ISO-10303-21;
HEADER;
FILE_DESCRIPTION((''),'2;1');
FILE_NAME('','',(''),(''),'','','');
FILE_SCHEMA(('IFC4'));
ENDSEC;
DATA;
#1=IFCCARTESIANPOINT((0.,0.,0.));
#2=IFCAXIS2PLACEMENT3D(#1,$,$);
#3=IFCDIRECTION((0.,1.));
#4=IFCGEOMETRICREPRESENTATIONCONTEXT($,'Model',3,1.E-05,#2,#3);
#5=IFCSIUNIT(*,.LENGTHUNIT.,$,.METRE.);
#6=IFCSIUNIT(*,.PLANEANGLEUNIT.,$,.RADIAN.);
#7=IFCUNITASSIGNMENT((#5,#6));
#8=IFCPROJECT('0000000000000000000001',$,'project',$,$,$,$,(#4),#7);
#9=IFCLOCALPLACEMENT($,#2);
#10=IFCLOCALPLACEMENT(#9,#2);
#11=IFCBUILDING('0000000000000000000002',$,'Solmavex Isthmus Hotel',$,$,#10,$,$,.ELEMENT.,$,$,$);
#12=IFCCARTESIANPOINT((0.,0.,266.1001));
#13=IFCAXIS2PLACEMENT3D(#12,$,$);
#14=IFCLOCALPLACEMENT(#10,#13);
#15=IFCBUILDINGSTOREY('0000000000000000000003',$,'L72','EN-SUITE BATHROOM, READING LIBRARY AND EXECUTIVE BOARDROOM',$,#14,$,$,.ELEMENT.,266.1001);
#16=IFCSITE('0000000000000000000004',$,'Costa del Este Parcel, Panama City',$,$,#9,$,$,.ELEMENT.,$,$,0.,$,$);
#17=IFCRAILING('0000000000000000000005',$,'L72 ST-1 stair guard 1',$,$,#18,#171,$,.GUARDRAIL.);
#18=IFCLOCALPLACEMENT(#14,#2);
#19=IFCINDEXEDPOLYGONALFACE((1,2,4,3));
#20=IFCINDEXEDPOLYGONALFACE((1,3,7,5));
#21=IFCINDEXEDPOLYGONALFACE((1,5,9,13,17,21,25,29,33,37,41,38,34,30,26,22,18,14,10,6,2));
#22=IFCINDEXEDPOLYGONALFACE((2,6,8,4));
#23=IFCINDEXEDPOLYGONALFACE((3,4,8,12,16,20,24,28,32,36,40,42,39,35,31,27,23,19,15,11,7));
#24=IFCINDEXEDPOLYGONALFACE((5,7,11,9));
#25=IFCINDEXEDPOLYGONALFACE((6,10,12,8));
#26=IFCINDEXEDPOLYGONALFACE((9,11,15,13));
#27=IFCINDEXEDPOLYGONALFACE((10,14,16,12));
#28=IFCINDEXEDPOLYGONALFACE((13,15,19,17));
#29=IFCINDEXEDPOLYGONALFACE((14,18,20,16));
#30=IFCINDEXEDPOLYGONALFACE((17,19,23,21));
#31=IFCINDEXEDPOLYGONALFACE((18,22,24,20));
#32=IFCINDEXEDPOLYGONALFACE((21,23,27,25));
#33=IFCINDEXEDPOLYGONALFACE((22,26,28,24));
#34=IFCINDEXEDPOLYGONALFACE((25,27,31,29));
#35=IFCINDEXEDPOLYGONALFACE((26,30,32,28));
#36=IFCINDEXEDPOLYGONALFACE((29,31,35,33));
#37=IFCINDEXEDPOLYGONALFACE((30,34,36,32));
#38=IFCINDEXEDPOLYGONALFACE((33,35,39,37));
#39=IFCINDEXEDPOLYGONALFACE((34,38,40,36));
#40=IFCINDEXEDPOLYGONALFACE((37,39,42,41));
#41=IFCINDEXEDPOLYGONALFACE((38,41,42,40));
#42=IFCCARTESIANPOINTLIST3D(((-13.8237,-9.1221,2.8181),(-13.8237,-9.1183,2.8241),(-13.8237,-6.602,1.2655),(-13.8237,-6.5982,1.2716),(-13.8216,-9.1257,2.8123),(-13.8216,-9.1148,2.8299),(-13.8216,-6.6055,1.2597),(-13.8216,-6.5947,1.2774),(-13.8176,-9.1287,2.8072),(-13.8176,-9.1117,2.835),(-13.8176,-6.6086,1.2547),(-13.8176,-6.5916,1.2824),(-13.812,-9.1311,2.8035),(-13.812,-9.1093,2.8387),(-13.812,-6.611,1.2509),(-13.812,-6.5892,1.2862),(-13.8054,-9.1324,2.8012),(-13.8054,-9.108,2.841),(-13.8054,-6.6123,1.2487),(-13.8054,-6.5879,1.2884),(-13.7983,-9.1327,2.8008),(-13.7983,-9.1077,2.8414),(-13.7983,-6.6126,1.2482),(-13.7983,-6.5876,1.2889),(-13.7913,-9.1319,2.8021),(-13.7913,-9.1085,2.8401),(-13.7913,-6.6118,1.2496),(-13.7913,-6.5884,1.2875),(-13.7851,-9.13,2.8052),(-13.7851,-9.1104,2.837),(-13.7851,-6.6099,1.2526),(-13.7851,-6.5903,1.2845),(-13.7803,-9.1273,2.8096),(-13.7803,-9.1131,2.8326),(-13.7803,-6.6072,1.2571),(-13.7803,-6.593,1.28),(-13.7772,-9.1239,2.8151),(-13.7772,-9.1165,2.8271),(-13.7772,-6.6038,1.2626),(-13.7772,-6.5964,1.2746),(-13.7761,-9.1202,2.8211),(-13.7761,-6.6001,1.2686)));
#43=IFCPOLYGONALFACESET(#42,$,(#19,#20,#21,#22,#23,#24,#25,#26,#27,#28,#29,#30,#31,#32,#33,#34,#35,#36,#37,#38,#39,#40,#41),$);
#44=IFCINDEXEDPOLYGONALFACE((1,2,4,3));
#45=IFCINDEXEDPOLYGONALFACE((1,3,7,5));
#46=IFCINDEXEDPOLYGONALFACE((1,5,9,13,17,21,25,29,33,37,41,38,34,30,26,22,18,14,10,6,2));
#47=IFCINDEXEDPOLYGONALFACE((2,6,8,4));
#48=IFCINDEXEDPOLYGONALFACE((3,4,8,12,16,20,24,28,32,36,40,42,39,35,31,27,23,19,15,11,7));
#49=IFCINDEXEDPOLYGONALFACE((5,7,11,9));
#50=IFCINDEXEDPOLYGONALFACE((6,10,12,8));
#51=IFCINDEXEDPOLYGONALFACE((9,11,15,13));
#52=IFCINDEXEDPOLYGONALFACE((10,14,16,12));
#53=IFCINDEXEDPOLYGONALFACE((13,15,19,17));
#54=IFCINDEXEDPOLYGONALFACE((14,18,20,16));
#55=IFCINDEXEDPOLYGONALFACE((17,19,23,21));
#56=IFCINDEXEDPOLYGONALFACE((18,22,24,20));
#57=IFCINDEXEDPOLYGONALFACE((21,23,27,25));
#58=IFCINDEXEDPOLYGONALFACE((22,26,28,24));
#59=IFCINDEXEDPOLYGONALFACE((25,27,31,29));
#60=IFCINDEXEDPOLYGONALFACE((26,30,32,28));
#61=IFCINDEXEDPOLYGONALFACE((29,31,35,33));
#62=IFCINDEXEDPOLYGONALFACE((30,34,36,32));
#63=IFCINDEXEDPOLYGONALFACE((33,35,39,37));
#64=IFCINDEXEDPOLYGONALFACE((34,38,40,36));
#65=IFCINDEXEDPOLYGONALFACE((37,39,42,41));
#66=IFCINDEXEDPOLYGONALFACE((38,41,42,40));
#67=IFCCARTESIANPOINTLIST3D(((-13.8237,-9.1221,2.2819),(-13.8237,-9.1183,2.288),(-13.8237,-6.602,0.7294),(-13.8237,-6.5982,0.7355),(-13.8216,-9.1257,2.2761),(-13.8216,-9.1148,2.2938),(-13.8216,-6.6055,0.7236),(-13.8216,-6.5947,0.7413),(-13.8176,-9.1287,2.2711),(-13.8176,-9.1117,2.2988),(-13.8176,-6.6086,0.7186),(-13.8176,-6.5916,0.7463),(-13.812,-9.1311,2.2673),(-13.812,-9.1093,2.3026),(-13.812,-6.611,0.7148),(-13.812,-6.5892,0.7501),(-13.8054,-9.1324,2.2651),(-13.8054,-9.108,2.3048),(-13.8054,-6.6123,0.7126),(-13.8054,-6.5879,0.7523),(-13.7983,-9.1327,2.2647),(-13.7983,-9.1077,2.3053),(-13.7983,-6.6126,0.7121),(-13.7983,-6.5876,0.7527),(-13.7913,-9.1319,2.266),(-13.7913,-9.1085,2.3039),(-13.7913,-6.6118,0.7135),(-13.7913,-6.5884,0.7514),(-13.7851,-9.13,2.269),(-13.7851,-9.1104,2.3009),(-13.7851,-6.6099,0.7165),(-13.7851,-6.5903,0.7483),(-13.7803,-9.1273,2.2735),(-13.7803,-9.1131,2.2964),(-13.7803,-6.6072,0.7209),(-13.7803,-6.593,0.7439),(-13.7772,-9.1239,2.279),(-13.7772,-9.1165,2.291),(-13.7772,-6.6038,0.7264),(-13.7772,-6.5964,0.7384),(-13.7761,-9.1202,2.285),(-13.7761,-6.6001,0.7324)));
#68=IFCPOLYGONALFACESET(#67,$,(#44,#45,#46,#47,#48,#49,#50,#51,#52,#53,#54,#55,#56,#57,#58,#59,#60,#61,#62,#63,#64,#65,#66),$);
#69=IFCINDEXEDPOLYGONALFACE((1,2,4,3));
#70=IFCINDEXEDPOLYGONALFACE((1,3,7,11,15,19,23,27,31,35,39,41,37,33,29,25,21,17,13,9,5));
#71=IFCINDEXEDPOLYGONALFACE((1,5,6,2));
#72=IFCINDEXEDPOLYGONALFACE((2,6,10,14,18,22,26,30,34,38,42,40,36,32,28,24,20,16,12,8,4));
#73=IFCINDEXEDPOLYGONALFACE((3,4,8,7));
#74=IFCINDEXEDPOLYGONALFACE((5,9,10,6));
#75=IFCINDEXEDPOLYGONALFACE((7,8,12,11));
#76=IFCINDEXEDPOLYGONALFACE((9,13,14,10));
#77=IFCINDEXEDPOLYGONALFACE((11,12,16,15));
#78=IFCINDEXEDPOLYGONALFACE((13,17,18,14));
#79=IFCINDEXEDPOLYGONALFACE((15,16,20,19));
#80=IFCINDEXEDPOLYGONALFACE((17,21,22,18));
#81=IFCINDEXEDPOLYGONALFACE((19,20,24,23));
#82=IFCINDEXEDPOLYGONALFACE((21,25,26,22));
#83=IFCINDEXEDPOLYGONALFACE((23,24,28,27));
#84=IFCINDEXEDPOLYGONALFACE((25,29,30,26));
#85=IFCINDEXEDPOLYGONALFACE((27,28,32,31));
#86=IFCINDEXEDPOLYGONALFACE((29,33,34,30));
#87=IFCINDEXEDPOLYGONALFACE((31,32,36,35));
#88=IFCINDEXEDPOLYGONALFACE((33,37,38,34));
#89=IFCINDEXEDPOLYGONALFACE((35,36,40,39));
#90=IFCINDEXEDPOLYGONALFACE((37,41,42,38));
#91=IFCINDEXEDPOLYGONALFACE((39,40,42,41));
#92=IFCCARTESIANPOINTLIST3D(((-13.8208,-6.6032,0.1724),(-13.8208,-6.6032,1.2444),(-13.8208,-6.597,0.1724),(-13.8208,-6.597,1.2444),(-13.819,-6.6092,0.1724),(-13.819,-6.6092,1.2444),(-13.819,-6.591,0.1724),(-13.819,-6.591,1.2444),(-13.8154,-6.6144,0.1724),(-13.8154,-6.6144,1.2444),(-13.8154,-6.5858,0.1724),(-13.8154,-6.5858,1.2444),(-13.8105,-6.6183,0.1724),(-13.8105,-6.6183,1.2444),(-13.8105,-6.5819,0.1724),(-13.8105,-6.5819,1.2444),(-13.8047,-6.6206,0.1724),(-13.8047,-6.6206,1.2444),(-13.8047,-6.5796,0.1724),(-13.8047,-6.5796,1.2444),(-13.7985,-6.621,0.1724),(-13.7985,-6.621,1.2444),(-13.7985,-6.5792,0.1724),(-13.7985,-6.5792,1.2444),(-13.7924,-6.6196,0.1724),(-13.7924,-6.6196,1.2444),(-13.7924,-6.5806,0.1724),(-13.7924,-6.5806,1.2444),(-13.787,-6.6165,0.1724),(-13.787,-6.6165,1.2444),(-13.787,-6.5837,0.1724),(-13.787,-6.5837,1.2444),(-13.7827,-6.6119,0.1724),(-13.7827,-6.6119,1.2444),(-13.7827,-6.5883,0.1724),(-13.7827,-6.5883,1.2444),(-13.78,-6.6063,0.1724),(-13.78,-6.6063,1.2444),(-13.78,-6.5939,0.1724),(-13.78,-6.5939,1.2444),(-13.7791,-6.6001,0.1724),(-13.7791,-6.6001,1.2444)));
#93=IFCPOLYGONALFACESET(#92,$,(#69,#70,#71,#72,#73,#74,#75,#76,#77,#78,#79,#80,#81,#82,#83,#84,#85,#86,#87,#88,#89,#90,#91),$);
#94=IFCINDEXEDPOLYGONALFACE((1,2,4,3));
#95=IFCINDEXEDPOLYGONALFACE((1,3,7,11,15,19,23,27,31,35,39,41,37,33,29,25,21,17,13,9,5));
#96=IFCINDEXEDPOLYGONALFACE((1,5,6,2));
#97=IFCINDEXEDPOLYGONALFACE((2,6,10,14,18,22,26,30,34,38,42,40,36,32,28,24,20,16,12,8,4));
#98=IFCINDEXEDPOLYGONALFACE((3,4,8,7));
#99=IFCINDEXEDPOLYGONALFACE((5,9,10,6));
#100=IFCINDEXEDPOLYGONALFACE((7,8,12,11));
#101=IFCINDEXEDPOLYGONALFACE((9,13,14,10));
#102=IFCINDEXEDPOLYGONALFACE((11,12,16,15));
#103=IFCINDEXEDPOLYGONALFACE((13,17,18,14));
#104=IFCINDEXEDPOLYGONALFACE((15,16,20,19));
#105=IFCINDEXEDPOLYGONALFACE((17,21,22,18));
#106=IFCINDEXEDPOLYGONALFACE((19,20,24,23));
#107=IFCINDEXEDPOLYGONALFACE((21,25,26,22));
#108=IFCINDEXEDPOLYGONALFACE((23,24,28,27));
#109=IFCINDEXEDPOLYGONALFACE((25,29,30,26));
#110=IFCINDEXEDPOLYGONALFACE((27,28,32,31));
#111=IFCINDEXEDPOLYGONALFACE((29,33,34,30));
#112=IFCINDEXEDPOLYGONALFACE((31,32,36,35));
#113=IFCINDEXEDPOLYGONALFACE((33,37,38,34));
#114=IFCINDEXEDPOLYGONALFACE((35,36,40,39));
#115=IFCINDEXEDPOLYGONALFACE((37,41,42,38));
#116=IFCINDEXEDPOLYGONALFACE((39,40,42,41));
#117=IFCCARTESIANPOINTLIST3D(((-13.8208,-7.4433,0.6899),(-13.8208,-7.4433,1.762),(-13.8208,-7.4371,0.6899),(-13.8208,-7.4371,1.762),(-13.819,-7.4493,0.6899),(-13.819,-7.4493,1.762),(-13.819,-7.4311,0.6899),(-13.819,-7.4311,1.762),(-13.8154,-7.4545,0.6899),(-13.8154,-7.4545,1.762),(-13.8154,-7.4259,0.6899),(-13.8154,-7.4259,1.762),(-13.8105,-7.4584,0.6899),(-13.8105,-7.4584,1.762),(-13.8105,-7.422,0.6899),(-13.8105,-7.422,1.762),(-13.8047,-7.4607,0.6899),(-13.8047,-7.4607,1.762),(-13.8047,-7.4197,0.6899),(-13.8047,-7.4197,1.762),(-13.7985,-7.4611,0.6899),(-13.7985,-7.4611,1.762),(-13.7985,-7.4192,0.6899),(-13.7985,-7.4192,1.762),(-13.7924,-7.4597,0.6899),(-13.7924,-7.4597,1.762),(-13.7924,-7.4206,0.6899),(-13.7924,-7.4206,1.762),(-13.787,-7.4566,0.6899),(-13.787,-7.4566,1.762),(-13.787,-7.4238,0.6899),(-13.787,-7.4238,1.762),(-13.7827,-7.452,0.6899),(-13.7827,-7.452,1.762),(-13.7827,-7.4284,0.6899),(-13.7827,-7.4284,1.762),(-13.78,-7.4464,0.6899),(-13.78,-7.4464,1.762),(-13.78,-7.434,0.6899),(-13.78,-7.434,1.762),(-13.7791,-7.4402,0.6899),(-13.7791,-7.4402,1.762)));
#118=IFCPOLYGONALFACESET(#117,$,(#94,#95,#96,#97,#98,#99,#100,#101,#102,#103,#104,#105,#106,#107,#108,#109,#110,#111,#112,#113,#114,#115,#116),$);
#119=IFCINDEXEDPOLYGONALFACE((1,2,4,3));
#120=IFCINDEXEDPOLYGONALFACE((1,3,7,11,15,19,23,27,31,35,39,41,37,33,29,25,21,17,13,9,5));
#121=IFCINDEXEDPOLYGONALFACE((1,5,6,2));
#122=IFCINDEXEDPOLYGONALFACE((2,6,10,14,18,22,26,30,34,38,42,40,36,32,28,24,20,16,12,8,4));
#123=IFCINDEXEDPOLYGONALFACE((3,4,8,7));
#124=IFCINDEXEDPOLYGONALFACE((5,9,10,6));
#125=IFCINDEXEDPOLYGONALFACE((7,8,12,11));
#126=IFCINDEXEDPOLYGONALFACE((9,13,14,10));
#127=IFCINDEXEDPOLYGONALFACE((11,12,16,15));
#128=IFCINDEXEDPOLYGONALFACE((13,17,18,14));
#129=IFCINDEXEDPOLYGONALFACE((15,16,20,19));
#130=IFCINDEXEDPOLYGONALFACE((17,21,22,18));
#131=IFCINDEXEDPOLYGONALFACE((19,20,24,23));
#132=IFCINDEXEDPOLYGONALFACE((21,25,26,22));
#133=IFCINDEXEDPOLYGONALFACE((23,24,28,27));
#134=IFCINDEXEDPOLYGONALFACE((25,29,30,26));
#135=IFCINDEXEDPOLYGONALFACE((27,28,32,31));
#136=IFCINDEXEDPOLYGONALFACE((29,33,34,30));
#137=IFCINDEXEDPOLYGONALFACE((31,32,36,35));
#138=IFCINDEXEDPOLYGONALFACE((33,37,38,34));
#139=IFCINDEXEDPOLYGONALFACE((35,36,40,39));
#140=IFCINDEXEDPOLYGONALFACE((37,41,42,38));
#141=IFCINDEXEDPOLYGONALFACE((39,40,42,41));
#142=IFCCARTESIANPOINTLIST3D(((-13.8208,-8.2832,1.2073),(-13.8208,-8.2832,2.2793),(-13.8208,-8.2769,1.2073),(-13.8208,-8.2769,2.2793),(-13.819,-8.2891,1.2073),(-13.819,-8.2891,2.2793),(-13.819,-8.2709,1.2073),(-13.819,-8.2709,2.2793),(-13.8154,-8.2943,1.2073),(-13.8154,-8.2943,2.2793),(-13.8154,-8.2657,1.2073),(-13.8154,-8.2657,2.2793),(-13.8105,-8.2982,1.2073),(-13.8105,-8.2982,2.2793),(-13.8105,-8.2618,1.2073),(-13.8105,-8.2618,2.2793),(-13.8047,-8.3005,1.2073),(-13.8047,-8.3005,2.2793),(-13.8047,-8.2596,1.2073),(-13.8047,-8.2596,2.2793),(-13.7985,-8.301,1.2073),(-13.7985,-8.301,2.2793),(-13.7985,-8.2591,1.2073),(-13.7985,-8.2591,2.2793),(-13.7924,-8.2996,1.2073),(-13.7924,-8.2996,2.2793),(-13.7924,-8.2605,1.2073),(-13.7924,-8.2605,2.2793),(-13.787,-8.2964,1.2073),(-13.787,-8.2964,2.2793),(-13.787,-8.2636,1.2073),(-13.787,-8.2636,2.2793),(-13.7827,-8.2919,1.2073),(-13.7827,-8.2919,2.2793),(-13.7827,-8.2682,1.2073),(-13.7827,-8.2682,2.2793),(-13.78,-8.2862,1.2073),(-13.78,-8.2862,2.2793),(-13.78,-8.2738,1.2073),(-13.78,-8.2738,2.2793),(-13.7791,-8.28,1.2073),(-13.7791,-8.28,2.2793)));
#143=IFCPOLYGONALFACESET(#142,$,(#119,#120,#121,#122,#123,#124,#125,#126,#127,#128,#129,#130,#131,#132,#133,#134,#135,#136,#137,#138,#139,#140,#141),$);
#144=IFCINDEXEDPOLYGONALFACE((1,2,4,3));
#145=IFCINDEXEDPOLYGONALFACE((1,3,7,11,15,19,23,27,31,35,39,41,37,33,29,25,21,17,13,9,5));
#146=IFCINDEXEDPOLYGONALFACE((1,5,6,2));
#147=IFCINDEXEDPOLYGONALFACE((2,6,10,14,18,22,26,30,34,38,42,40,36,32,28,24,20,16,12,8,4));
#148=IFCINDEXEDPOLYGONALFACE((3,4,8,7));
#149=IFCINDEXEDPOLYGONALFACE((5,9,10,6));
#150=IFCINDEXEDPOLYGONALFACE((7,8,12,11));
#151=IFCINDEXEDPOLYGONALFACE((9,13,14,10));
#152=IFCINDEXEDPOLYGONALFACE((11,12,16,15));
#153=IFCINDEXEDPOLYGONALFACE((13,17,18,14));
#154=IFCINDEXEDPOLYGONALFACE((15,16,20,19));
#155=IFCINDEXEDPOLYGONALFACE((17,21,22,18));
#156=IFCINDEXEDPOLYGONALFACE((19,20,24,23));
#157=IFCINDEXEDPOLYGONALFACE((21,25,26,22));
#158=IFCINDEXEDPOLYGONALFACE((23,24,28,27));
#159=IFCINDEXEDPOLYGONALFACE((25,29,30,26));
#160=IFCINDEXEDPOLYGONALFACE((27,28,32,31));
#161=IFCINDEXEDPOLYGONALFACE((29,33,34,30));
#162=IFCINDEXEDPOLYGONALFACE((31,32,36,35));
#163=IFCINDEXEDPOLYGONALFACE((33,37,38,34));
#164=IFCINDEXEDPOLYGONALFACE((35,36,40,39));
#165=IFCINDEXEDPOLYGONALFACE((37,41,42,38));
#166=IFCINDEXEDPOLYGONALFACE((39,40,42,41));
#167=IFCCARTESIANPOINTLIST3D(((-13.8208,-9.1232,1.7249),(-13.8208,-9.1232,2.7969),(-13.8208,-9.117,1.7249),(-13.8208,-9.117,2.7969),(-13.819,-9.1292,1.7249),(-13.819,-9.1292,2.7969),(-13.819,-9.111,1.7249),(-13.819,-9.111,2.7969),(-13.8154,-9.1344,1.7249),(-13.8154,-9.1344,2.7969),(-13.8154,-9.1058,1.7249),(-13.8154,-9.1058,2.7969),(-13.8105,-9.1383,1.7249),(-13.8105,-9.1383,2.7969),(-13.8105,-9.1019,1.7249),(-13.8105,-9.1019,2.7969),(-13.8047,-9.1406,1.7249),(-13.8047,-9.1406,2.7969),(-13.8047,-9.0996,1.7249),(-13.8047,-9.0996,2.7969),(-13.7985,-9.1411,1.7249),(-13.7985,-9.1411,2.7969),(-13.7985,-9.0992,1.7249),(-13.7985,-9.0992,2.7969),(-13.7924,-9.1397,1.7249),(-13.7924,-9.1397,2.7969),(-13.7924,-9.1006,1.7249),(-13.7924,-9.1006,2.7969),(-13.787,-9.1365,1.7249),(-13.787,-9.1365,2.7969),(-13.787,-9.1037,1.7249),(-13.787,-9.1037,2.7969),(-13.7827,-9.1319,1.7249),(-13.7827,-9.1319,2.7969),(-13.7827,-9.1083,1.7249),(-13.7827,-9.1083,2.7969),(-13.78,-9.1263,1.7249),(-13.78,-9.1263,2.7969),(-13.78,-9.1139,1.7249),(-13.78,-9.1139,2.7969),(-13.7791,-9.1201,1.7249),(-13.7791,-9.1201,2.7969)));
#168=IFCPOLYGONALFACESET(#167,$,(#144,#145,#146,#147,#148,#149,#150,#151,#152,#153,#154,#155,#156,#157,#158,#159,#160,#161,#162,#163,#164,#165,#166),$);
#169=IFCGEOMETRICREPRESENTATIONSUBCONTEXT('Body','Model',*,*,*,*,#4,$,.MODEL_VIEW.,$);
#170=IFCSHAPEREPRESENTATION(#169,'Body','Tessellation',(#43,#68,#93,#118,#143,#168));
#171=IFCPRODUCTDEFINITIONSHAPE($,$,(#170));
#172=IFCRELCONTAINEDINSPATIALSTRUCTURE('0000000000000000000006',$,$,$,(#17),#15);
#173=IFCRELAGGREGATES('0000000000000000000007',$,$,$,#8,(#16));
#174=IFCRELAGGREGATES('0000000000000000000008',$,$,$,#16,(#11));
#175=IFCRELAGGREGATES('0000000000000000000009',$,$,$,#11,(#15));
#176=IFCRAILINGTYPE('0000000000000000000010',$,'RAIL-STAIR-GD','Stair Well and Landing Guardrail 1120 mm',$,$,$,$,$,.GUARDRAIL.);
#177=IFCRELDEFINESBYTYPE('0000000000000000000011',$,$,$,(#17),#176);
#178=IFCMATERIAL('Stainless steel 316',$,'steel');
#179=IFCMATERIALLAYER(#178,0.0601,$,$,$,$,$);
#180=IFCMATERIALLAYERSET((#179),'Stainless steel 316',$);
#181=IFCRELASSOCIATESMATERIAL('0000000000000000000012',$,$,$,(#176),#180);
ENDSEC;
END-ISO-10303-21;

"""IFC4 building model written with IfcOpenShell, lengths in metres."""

from ifc_helpers import new_model, si_unit, direction, frame, origin, origin_2d, place, context, subcontext, project, spatial, circle, extrude, material, layer, layer_set, type_object, element, save


model = new_model("IFC4")

# Units and contexts
model_context = context("Model", 3, precision=1e-05, world=origin(), true_north=direction((0.0, 1.0)))
body_context = subcontext(model_context, "Body", "Model", "MODEL_VIEW")
ifc_project = project(units=[si_unit("LENGTHUNIT", "METRE"), si_unit("PLANEANGLEUNIT", "RADIAN")], contexts=[model_context])

# Site, building, storey
site_placement = place(None, origin())
site = spatial("IfcSite", under=ifc_project, at=site_placement, Name="Costa del Este Parcel, Panama City", CompositionType="ELEMENT", RefElevation=0.0)
building_placement = place(site_placement, origin())
building = spatial("IfcBuilding", under=site, at=building_placement, Name="Solmavex Isthmus Hotel", CompositionType="ELEMENT")
storey_placement = place(building_placement, frame((0.0, 0.0, 266.1001)))
storey = spatial("IfcBuildingStorey", under=building, at=storey_placement, Name="L72", Description="EN-SUITE BATHROOM, READING LIBRARY AND EXECUTIVE BOARDROOM", CompositionType="ELEMENT", Elevation=266.1001)

# Shared definitions
ifc_material_1 = material(Name="Stainless steel 316", Category="steel")

# Railing
ifc_layer_1 = layer(ifc_material_1, 0.0601)
ifc_layer_set_1 = layer_set([ifc_layer_1], Name="Stainless steel 316")
railing_type_1 = type_object("IfcRailingType", Name="RAIL-STAIR-GD", Description="Stair Well and Landing Guardrail 1120 mm", PredefinedType="GUARDRAIL", material=ifc_layer_set_1)
railing_1_placement = place(storey_placement, frame((-13.8, -6.6001, 0.1724)))
element("IfcRailing", 1, at=railing_1_placement, inside=storey, type_object=railing_type_1, Name="L72 ST-1 stair guard 1", PredefinedType="GUARDRAIL", context=body_context, shape_type="SweptSolid", body=[
    extrude(circle(Radius=0.0239, at=origin_2d()), frame((0.0, 0.0, 1.0962), z_axis=(0.0, -0.8514, 0.524516), x_axis=(1.0, 0.0, 0.0)), (0.0, 0.0, 1.0), 2.96),
    extrude(circle(Radius=0.0239, at=origin_2d()), frame((0.0, 0.0, 0.5601), z_axis=(0.0, -0.8514, 0.524516), x_axis=(1.0, 0.0, 0.0)), (0.0, 0.0, 1.0), 2.96),
    extrude(circle(Radius=0.021, at=origin_2d()), origin(), (0.0, 0.0, 1.0), 1.072),
    extrude(circle(Radius=0.021, at=origin_2d()), frame((0.0, -0.8401, 0.5176)), (0.0, 0.0, 1.0), 1.072),
    extrude(circle(Radius=0.021, at=origin_2d()), frame((0.0, -1.6799, 1.0349)), (0.0, 0.0, 1.0), 1.072),
    extrude(circle(Radius=0.021, at=origin_2d()), frame((0.0, -2.52, 1.5525)), (0.0, 0.0, 1.0), 1.072),
])

save(model, "model.ifc")
